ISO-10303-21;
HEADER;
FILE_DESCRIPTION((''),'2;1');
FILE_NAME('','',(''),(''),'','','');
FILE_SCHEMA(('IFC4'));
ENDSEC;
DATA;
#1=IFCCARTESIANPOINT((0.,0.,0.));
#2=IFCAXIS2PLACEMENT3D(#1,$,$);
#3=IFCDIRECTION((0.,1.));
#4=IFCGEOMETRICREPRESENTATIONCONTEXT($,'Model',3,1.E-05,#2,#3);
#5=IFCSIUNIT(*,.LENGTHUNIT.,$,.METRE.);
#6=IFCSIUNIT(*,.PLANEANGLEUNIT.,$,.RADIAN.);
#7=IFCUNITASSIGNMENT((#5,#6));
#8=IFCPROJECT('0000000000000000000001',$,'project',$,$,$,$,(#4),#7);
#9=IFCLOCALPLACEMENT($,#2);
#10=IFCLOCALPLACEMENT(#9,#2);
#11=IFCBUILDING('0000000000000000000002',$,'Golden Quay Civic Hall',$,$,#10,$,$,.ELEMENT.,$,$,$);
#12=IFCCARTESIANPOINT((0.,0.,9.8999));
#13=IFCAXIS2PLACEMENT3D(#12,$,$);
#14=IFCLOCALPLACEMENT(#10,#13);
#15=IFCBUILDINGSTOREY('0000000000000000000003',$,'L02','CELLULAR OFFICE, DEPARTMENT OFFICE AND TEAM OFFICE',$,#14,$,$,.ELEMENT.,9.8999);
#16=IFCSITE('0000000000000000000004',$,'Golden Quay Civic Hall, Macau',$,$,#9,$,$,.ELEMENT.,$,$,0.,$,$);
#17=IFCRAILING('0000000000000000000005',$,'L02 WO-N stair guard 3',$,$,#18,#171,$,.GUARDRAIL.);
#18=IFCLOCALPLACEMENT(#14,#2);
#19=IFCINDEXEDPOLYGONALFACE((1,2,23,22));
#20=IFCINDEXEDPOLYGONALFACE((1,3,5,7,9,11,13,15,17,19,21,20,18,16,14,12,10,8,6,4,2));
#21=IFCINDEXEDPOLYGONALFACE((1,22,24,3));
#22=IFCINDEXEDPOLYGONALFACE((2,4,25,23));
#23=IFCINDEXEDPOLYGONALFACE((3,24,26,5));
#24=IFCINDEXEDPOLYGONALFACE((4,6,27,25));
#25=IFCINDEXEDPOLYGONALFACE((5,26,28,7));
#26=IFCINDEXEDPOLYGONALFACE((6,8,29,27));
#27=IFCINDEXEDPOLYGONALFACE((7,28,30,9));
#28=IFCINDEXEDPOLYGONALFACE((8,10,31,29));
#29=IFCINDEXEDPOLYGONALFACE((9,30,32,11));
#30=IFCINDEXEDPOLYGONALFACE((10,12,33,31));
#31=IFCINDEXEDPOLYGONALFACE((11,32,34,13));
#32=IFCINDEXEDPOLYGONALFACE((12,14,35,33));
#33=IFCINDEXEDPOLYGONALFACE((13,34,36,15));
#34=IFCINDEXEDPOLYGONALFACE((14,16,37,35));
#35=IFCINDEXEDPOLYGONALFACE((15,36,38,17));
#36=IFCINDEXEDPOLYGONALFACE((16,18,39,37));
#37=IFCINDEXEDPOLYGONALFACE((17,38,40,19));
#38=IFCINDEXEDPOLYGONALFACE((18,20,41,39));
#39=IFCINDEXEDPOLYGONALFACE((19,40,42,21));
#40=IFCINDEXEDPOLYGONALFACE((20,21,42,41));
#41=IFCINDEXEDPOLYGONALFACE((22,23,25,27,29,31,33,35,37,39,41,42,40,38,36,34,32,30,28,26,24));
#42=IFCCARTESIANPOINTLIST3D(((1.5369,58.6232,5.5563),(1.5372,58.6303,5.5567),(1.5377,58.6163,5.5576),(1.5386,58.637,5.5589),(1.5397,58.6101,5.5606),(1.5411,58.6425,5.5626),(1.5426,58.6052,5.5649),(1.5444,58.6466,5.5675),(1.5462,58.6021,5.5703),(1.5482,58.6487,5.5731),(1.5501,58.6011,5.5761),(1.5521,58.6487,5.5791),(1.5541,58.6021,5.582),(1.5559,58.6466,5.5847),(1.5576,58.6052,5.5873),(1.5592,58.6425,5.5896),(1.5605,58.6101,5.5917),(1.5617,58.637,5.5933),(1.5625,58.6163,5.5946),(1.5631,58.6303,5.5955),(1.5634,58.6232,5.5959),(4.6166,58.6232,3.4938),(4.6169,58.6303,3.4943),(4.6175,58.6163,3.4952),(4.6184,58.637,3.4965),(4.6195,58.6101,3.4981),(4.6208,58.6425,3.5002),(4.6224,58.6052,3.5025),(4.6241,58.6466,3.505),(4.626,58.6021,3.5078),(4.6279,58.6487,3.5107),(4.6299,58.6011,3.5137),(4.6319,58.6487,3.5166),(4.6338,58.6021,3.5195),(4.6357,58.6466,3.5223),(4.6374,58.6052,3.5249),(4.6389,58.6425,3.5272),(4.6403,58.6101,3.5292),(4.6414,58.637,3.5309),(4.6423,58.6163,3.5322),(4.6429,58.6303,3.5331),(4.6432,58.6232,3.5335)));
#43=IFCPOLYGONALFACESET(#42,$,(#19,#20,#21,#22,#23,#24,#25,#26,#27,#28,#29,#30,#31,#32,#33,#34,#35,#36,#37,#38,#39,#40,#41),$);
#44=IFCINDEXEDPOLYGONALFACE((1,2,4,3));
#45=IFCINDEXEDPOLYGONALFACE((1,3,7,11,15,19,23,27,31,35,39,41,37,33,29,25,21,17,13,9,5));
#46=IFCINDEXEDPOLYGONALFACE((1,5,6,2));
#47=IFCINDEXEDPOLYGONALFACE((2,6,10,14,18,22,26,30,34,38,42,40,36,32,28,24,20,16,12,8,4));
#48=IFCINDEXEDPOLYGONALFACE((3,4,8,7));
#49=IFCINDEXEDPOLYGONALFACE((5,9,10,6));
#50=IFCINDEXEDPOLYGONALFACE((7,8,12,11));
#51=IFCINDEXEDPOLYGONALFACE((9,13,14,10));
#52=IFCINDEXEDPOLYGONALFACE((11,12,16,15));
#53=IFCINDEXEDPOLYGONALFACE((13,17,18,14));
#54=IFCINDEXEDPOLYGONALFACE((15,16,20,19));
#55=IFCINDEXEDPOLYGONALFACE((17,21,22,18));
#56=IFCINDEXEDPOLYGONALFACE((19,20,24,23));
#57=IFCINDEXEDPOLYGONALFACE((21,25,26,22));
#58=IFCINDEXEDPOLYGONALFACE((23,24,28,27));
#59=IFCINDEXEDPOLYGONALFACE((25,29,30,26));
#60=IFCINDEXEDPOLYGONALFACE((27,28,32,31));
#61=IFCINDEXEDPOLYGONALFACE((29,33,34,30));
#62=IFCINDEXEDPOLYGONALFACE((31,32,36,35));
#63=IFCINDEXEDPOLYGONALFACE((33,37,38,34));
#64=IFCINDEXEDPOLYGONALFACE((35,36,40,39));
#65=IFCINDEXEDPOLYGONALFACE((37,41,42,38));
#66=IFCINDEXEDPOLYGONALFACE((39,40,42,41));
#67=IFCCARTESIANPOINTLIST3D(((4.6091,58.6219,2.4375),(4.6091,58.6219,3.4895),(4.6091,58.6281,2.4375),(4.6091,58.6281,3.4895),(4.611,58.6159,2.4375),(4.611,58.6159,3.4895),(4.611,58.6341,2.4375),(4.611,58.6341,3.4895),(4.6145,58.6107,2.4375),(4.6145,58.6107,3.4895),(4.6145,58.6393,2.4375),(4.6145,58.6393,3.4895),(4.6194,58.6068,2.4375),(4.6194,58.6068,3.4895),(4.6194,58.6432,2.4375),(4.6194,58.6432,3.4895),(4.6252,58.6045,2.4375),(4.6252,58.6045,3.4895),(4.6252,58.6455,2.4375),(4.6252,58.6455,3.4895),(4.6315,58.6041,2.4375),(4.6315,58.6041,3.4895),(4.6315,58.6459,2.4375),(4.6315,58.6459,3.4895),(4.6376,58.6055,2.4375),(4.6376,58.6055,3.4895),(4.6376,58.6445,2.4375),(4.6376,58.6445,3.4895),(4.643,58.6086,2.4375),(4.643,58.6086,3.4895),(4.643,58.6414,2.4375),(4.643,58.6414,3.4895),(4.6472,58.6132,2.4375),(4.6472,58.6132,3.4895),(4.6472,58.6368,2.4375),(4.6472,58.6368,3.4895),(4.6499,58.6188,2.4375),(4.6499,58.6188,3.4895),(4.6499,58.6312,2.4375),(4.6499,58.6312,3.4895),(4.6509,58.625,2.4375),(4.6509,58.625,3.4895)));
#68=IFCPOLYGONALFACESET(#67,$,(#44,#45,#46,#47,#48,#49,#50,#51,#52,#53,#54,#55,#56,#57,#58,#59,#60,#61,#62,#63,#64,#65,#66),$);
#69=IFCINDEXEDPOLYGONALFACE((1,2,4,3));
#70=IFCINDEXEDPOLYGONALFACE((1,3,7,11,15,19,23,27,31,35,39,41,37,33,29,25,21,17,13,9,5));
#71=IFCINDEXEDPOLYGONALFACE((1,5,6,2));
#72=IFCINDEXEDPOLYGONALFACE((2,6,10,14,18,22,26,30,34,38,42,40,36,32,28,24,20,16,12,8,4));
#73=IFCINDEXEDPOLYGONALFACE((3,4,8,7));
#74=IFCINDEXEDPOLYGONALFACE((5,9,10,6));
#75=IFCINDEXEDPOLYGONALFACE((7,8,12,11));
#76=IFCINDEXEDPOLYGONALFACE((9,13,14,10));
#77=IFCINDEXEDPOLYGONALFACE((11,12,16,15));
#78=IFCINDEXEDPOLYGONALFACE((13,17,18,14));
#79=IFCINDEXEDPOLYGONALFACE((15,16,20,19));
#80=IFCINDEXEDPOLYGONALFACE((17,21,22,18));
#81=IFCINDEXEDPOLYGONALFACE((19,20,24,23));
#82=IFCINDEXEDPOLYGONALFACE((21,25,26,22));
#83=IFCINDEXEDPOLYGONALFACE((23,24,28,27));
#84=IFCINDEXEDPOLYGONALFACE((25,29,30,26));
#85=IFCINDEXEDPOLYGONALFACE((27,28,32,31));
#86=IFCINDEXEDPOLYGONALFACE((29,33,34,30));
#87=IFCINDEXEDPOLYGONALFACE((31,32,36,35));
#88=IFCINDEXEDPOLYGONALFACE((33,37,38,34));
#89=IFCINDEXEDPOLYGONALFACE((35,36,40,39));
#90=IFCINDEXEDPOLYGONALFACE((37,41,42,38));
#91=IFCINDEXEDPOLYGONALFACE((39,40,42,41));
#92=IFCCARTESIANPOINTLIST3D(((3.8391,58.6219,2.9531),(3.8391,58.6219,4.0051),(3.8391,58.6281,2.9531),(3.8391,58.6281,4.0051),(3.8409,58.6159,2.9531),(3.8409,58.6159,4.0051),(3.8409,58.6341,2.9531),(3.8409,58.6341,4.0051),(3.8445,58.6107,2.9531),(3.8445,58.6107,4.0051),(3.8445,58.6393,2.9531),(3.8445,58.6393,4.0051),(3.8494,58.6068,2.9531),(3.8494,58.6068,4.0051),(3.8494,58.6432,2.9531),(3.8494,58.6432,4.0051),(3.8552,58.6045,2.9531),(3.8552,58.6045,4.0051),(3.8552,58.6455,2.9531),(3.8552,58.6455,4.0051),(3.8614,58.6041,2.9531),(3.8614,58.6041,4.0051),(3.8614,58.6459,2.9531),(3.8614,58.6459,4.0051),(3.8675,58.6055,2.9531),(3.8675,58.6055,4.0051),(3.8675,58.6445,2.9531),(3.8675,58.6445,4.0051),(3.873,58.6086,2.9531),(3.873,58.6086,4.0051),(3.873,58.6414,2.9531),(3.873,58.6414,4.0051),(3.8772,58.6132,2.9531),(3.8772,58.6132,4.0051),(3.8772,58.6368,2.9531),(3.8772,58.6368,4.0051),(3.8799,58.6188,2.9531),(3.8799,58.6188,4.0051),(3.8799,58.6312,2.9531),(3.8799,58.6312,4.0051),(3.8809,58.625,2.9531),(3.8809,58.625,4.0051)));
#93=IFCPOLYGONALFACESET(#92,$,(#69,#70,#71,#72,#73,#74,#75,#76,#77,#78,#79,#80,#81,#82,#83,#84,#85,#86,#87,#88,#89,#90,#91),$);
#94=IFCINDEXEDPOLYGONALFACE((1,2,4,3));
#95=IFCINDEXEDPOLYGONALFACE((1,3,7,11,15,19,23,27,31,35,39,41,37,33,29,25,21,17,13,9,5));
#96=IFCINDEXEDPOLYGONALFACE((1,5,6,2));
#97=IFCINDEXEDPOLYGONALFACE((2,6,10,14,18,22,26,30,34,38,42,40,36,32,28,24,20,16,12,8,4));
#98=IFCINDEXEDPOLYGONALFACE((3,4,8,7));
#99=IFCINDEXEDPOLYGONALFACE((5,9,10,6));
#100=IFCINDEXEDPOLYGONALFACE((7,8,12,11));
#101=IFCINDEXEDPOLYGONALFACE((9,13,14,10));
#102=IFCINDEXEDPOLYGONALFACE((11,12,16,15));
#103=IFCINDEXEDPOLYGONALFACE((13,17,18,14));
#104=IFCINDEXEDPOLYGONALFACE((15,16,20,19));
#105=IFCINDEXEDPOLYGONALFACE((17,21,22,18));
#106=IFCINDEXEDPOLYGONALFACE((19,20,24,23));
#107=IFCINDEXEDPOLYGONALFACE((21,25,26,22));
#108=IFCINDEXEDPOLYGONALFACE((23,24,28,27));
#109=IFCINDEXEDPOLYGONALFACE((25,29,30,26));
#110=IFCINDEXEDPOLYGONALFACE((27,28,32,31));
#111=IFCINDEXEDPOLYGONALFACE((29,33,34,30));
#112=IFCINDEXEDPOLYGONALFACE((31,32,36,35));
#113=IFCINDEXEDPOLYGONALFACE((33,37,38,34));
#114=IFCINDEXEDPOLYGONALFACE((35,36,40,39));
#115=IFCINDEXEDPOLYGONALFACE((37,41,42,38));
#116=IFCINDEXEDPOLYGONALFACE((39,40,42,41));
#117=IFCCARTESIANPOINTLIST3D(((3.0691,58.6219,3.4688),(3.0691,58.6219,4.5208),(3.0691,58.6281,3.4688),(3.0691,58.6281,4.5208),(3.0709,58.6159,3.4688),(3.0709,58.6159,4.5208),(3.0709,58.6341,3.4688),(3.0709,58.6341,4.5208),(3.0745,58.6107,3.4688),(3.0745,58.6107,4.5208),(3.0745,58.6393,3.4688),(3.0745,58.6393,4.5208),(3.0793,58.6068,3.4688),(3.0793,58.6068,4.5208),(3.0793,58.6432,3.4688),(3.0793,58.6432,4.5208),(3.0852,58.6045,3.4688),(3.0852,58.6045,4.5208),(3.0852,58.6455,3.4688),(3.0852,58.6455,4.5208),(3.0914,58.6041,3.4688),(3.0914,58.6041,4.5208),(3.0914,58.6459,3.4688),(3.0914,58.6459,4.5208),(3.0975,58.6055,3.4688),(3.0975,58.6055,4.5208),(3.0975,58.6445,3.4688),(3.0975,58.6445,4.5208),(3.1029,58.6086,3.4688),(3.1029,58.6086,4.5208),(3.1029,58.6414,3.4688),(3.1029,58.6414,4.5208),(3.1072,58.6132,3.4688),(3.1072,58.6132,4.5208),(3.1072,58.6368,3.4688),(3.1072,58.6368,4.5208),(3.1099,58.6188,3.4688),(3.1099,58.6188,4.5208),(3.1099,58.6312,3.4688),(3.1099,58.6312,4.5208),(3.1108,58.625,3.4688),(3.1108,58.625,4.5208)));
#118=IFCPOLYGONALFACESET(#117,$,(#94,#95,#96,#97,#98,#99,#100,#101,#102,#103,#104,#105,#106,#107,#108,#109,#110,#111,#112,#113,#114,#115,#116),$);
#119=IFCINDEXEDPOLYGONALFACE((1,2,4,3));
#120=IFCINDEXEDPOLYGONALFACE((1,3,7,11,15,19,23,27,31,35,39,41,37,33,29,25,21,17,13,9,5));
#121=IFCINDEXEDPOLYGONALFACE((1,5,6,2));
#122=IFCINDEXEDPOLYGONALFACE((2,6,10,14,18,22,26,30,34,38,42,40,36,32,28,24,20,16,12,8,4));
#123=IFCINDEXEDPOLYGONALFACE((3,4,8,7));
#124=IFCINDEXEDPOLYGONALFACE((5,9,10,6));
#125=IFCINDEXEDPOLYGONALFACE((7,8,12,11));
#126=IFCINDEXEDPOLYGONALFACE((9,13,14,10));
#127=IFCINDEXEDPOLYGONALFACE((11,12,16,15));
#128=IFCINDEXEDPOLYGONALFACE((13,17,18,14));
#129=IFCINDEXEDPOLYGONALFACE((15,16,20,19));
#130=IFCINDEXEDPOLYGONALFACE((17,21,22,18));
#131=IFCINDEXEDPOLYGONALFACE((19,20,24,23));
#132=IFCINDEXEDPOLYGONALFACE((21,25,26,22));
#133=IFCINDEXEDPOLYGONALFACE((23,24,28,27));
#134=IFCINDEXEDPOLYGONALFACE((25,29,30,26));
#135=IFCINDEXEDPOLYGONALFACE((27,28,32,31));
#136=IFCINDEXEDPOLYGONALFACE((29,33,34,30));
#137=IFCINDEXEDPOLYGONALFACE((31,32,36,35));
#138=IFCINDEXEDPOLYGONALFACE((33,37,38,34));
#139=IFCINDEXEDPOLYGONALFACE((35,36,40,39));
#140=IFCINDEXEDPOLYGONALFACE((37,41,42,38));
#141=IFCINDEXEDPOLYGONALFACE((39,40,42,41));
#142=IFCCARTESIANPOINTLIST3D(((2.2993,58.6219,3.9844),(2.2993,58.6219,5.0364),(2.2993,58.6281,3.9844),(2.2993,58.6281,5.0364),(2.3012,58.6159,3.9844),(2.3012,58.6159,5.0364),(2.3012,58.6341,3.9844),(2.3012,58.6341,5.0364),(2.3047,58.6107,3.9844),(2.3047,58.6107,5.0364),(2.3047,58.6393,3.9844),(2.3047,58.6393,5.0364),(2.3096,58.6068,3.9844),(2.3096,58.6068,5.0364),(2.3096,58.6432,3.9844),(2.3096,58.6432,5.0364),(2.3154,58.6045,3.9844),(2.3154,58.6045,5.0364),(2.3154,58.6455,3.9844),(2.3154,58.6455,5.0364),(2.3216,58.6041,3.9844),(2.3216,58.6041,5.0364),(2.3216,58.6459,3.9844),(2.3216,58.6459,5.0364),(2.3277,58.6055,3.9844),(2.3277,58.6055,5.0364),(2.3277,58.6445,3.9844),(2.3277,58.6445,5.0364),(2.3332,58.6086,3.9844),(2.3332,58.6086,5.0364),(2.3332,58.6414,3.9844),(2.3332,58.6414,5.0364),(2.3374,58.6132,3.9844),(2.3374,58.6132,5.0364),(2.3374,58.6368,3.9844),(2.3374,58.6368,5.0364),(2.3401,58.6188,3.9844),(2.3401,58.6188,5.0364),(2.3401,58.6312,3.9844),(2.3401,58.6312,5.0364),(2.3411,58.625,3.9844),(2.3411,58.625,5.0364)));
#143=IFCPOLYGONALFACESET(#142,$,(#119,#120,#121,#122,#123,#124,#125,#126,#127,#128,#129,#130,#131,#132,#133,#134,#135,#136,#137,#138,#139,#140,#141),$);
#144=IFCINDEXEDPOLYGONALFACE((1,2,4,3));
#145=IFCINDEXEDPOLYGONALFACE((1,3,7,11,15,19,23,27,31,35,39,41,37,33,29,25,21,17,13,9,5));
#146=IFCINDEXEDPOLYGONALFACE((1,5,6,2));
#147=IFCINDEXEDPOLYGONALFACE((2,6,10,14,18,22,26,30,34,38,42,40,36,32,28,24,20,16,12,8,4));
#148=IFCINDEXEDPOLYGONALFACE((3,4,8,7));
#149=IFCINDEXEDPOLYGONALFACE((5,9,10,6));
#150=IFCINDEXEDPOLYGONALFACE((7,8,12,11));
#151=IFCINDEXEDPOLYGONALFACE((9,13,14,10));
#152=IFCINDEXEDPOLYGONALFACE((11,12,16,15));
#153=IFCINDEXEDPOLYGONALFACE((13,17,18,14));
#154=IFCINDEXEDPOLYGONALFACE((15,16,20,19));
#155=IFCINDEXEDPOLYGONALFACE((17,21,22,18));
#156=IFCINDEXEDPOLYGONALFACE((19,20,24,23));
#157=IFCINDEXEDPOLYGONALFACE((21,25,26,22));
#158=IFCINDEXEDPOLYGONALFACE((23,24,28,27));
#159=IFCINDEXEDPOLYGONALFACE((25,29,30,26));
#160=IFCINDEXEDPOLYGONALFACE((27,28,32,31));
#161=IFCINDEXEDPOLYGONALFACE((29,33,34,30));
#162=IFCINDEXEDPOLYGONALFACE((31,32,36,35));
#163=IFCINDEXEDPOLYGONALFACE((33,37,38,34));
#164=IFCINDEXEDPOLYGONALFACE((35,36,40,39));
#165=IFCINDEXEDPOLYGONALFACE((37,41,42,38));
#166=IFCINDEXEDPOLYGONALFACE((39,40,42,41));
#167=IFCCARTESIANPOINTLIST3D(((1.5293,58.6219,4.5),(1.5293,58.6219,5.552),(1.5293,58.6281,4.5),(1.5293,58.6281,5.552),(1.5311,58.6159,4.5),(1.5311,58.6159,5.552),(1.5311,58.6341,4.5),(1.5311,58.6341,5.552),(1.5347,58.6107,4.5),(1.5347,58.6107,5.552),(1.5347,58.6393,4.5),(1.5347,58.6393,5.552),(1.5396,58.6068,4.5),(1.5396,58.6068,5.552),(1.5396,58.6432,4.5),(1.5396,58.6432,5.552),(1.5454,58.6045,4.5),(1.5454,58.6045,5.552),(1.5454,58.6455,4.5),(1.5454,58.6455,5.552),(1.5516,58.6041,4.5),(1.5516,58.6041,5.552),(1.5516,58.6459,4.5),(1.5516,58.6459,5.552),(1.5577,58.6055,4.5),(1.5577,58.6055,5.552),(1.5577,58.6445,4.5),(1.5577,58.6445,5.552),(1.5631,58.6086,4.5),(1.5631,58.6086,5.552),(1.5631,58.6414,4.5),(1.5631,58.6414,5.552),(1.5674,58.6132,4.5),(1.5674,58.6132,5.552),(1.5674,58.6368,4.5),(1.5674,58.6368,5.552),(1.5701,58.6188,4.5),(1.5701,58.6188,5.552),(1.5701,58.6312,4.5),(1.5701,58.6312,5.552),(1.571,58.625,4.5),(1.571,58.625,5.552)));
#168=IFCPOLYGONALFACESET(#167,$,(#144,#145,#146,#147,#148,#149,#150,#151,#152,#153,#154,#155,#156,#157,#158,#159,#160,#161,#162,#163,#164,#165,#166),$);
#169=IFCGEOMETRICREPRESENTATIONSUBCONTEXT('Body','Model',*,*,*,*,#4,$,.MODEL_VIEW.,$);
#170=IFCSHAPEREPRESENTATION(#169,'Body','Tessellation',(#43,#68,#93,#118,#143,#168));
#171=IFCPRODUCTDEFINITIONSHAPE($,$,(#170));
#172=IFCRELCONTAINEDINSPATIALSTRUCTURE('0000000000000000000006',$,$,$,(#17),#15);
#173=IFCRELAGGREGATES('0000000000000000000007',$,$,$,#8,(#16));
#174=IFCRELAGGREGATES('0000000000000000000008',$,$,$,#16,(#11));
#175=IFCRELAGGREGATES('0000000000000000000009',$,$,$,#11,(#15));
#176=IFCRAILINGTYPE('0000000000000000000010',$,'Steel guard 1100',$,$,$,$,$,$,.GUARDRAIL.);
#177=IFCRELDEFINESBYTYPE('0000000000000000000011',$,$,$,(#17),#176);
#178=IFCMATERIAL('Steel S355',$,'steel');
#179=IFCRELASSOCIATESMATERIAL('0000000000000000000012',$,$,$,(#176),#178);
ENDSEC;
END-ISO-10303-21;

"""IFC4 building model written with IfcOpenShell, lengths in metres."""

from ifc_helpers import new_model, si_unit, direction, frame, origin, origin_2d, place, context, subcontext, project, spatial, circle, extrude, material, type_object, element, save


model = new_model("IFC4")

# Units and contexts
model_context = context("Model", 3, precision=1e-05, world=origin(), true_north=direction((0.0, 1.0)))
body_context = subcontext(model_context, "Body", "Model", "MODEL_VIEW")
ifc_project = project(units=[si_unit("LENGTHUNIT", "METRE"), si_unit("PLANEANGLEUNIT", "RADIAN")], contexts=[model_context])

# Site, building, storey
site_placement = place(None, origin())
site = spatial("IfcSite", under=ifc_project, at=site_placement, Name="Golden Quay Civic Hall, Macau", CompositionType="ELEMENT", RefElevation=0.0)
building_placement = place(site_placement, origin())
building = spatial("IfcBuilding", under=site, at=building_placement, Name="Golden Quay Civic Hall", CompositionType="ELEMENT")
storey_placement = place(building_placement, frame((0.0, 0.0, 9.8999)))
storey = spatial("IfcBuildingStorey", under=building, at=storey_placement, Name="L02", Description="CELLULAR OFFICE, DEPARTMENT OFFICE AND TEAM OFFICE", CompositionType="ELEMENT", Elevation=9.8999)

# Railing
ifc_material_1 = material(Name="Steel S355", Category="steel")
railing_type_1 = type_object("IfcRailingType", Name="Steel guard 1100", PredefinedType="GUARDRAIL", material=ifc_material_1)
railing_1_placement = place(storey_placement, frame((4.6299, 58.625, 2.4375)))
element("IfcRailing", 1, at=railing_1_placement, inside=storey, type_object=railing_type_1, Name="L02 WO-N stair guard 3", PredefinedType="GUARDRAIL", context=body_context, shape_type="SweptSolid", body=[
    extrude(circle(Radius=0.0239, at=origin_2d()), frame((0.0, 0.0, 1.0762), z_axis=(-0.830893, 0.0, 0.556432), x_axis=(0.0, -1.0, 0.0)), (0.0, 0.0, 1.0), 3.7065),
    extrude(circle(Radius=0.021, at=origin_2d()), origin(), (0.0, 0.0, 1.0), 1.052),
    extrude(circle(Radius=0.021, at=origin_2d()), frame((-0.77, 0.0, 0.5156)), (0.0, 0.0, 1.0), 1.052),
    extrude(circle(Radius=0.021, at=origin_2d()), frame((-1.54, 0.0, 1.0312)), (0.0, 0.0, 1.0), 1.052),
    extrude(circle(Radius=0.021, at=origin_2d()), frame((-2.3098, 0.0, 1.5469)), (0.0, 0.0, 1.0), 1.052),
    extrude(circle(Radius=0.021, at=origin_2d()), frame((-3.0798, 0.0, 2.0625)), (0.0, 0.0, 1.0), 1.052),
])

save(model, "model.ifc")
